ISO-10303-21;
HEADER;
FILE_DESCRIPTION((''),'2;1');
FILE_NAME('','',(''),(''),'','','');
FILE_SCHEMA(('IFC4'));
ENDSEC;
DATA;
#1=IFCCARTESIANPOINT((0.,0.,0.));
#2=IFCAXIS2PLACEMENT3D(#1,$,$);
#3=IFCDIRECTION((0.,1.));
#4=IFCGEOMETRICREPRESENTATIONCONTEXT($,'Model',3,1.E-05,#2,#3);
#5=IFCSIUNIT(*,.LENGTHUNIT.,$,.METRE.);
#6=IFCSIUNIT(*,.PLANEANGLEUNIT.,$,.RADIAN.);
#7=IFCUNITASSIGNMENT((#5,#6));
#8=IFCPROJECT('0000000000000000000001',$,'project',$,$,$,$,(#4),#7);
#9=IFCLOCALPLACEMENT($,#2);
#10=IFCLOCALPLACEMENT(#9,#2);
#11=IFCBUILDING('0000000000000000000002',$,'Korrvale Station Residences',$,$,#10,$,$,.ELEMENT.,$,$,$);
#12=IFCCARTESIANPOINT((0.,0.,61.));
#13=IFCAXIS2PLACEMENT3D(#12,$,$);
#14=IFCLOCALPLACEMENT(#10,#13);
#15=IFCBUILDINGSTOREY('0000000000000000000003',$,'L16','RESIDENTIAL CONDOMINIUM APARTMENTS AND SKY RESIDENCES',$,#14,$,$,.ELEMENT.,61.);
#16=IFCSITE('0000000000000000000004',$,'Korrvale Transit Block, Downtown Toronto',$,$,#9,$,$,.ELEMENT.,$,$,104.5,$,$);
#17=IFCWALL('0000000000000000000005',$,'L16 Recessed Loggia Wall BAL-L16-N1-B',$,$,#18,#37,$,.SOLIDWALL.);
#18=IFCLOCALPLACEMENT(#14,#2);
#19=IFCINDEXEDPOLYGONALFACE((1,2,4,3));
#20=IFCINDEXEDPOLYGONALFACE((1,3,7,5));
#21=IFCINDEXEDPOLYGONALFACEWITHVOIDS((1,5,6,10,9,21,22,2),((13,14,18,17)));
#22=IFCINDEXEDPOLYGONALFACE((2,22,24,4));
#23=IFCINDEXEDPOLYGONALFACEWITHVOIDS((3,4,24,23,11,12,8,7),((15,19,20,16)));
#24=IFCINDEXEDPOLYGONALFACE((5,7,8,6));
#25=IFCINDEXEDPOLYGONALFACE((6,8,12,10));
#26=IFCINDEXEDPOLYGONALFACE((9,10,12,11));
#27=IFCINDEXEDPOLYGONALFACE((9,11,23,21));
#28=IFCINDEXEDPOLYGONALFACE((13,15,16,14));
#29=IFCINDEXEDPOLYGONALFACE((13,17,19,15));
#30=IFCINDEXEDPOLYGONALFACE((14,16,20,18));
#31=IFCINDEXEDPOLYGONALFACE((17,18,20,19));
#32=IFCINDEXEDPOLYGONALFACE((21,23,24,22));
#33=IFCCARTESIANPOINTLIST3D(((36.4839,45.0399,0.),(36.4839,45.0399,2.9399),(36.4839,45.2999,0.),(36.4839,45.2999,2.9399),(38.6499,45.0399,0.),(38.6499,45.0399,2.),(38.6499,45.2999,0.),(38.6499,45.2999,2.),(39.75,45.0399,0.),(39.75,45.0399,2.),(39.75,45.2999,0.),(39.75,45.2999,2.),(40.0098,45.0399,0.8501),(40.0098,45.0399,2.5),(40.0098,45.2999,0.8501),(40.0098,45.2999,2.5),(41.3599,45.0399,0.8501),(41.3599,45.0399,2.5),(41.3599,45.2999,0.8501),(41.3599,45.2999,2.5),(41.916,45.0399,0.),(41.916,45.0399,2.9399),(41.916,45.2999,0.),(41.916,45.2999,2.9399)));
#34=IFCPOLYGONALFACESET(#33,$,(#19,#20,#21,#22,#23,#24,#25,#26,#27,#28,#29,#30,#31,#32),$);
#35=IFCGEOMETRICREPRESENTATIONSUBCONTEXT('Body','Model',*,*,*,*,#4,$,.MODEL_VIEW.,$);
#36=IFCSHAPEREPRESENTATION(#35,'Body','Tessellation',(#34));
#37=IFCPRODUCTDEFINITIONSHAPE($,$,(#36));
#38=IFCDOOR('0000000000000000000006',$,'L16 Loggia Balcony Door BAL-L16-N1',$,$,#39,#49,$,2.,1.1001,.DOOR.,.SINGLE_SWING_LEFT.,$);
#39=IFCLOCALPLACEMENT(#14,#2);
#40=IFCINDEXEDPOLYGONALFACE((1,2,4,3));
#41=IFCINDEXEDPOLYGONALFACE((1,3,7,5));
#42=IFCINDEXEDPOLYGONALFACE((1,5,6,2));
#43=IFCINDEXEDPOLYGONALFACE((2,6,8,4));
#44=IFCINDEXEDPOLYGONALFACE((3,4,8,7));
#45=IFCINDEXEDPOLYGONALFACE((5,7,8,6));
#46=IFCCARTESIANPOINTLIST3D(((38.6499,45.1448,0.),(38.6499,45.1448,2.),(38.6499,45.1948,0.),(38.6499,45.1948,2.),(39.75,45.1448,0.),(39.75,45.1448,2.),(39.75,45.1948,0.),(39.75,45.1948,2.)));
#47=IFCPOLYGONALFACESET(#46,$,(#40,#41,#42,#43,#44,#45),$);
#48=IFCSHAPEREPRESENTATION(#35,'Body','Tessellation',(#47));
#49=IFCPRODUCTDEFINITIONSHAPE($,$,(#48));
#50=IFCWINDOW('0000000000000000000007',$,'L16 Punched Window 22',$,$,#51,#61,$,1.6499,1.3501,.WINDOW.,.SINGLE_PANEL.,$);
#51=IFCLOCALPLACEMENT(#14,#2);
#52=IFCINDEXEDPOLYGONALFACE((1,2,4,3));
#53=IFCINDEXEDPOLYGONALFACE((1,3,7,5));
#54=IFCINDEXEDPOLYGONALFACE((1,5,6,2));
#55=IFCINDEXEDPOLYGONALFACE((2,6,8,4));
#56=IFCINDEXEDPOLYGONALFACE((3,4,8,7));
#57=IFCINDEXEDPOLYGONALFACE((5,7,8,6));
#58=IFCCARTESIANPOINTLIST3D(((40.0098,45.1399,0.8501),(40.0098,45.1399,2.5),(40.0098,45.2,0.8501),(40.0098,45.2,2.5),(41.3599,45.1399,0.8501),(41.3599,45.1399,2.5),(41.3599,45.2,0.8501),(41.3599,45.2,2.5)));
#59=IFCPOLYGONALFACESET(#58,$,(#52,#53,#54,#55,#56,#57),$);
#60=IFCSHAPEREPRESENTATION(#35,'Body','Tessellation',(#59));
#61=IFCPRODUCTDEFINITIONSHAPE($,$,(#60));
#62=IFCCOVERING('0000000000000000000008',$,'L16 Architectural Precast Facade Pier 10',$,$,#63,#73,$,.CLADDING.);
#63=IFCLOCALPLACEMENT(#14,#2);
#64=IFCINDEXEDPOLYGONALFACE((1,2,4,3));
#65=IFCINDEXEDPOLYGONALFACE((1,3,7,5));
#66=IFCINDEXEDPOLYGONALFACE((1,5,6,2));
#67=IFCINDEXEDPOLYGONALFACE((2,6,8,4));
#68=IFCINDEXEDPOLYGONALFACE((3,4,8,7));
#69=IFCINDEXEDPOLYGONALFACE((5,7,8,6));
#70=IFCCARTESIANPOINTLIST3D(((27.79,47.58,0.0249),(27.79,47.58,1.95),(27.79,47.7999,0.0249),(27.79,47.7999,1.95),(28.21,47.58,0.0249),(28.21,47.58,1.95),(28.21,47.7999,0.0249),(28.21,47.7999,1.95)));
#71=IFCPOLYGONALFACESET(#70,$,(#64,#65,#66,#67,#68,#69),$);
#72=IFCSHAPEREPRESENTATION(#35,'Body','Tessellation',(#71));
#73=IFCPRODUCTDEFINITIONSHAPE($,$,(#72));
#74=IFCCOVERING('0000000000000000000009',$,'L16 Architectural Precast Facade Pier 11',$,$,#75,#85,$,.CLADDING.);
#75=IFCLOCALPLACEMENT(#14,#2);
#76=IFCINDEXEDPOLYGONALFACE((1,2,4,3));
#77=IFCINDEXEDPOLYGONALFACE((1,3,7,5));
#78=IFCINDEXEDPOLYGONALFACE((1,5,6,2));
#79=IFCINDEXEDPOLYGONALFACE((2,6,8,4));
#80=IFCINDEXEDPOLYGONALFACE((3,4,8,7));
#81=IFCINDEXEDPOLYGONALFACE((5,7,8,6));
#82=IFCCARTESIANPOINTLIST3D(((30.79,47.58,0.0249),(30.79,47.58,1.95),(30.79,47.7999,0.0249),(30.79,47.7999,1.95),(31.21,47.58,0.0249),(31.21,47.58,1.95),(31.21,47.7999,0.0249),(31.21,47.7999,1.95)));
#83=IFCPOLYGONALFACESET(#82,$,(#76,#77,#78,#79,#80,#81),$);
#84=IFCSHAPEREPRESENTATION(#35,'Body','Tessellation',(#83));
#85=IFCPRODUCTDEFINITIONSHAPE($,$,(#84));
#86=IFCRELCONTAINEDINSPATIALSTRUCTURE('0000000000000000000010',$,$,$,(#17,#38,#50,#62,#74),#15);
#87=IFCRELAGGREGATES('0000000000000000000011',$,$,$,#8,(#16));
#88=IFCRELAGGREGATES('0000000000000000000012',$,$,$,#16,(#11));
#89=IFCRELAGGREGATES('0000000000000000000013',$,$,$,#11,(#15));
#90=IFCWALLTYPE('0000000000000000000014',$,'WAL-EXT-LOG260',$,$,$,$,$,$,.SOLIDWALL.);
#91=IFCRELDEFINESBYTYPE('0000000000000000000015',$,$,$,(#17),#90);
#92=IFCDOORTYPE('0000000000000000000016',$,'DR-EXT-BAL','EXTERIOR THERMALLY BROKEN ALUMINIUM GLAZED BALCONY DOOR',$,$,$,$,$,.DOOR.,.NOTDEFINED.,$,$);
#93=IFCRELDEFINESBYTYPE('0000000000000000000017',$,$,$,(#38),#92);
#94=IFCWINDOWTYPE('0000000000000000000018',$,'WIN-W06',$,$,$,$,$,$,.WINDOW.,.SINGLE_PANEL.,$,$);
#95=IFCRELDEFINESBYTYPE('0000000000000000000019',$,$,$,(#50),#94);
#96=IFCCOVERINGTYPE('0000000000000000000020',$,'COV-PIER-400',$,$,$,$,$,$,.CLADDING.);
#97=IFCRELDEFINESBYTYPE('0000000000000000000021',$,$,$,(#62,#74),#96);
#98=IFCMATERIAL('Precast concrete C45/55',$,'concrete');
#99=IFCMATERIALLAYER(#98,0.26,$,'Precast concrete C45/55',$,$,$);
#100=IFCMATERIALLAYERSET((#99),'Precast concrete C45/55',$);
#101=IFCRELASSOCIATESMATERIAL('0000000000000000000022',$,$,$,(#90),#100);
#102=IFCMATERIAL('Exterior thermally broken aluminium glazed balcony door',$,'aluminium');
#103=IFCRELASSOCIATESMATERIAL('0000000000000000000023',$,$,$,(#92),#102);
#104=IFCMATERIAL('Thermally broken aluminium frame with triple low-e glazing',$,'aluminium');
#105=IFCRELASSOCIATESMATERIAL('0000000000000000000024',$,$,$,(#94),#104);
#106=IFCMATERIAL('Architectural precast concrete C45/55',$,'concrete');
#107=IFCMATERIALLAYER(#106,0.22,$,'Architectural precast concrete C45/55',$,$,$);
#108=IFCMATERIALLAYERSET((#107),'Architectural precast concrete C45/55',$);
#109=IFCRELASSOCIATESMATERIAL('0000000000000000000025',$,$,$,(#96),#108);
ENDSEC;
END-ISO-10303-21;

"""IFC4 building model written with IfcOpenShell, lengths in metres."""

from ifc_helpers import new_model, si_unit, direction, frame, frame_2d, origin, origin_2d, place, context, subcontext, project, spatial, rectangle, extrude, material, layer, layer_set, type_object, element, fill, save


model = new_model("IFC4")

# Units and contexts
model_context = context("Model", 3, precision=1e-05, world=origin(), true_north=direction((0.0, 1.0)))
body_context = subcontext(model_context, "Body", "Model", "MODEL_VIEW")
ifc_project = project(units=[si_unit("LENGTHUNIT", "METRE"), si_unit("PLANEANGLEUNIT", "RADIAN")], contexts=[model_context])

# Site, building, storey
site_placement = place(None, origin())
site = spatial("IfcSite", under=ifc_project, at=site_placement, Name="Korrvale Transit Block, Downtown Toronto", CompositionType="ELEMENT", RefElevation=104.5)
building_placement = place(site_placement, origin())
building = spatial("IfcBuilding", under=site, at=building_placement, Name="Korrvale Station Residences", CompositionType="ELEMENT")
storey_placement = place(building_placement, frame((0.0, 0.0, 61.0)))
storey = spatial("IfcBuildingStorey", under=building, at=storey_placement, Name="L16", Description="RESIDENTIAL CONDOMINIUM APARTMENTS AND SKY RESIDENCES", CompositionType="ELEMENT", Elevation=61.0)

# Shared definitions
ifc_material_1 = material(Name="Precast concrete C45/55", Category="concrete")
ifc_layer_1 = layer(ifc_material_1, 0.26, Name="Precast concrete C45/55")
ifc_layer_set_1 = layer_set([ifc_layer_1], Name="Precast concrete C45/55")
wall_type = type_object("IfcWallType", Name="WAL-EXT-LOG260", PredefinedType="SOLIDWALL", material=ifc_layer_set_1)
ifc_material_2 = material(Name="Thermally broken aluminium frame with triple low-e glazing", Category="aluminium")

# Wall, openings, door, window
wall_1_placement = place(storey_placement, frame((36.4839, 45.1699, 0.0), z_axis=(0.0, 0.0, 1.0), x_axis=(1.0, 0.0, 0.0)))
wall_1 = element("IfcWall", 1, at=wall_1_placement, inside=storey, type_object=wall_type, Name="L16 Recessed Loggia Wall BAL-L16-N1-B", PredefinedType="SOLIDWALL", context=body_context, shape_type="SweptSolid", body=[
    extrude(rectangle(XDim=5.4321, YDim=0.26, at=frame_2d((2.7161, 0.0))), origin(), (0.0, 0.0, 1.0), 2.9399),
])
opening_1_placement = place(wall_1_placement, frame((2.166, 0.0, 0.0)))
opening_1 = element("IfcOpeningElement", 2, at=opening_1_placement, cuts=wall_1, PredefinedType="OPENING", context=body_context, shape_type="SweptSolid", body=[
    extrude(rectangle(XDim=1.1001, YDim=2.0, at=frame_2d((0.55, 1.0))), frame((0.0, 0.1401, 0.0), z_axis=(0.0, -1.0, 0.0), x_axis=(1.0, 0.0, 0.0)), (0.0, 0.0, 1.0), 0.28),
])
opening_2_placement = place(wall_1_placement, frame((3.5259, 0.0, 0.8501)))
opening_2 = element("IfcOpeningElement", 3, at=opening_2_placement, cuts=wall_1, PredefinedType="OPENING", context=body_context, shape_type="SweptSolid", body=[
    extrude(rectangle(XDim=1.3501, YDim=1.6499, at=frame_2d((0.675, 0.825))), frame((0.0, 0.1401, 0.0), z_axis=(0.0, -1.0, 0.0), x_axis=(1.0, 0.0, 0.0)), (0.0, 0.0, 1.0), 0.28),
])
ifc_material_3 = material(Name="Exterior thermally broken aluminium glazed balcony door", Category="aluminium")
door_type = type_object("IfcDoorType", Name="DR-EXT-BAL", Description="EXTERIOR THERMALLY BROKEN ALUMINIUM GLAZED BALCONY DOOR", OperationType="NOTDEFINED", PredefinedType="DOOR", material=ifc_material_3)
door_placement = place(opening_1_placement, origin())
door = element("IfcDoor", 4, at=door_placement, inside=storey, type_object=door_type, Name="L16 Loggia Balcony Door BAL-L16-N1", OperationType="SINGLE_SWING_LEFT", OverallHeight=2.0, OverallWidth=1.1001, PredefinedType="DOOR", context=body_context, shape_type="SweptSolid", body=[
    extrude(rectangle(XDim=1.1001, YDim=2.0, at=frame_2d((0.55, 1.0))), frame((0.0, 0.0249, 0.0), z_axis=(0.0, -1.0, 0.0), x_axis=(1.0, 0.0, 0.0)), (0.0, 0.0, 1.0), 0.05),
])
fill(opening_1, door)
window_type_1 = type_object("IfcWindowType", Name="WIN-W06", PartitioningType="SINGLE_PANEL", PredefinedType="WINDOW", material=ifc_material_2)
window_1_placement = place(opening_2_placement, origin())
window_1 = element("IfcWindow", 5, at=window_1_placement, inside=storey, type_object=window_type_1, Name="L16 Punched Window 22", OverallHeight=1.6499, OverallWidth=1.3501, PartitioningType="SINGLE_PANEL", PredefinedType="WINDOW", context=body_context, shape_type="SweptSolid", body=[
    extrude(rectangle(XDim=1.3501, YDim=1.6499, at=frame_2d((0.675, 0.825))), frame((0.0, 0.03, 0.0), z_axis=(0.0, -1.0, 0.0), x_axis=(1.0, 0.0, 0.0)), (0.0, 0.0, 1.0), 0.0601),
])
fill(opening_2, window_1)

# Coverings
ifc_material_4 = material(Name="Architectural precast concrete C45/55", Category="concrete")
ifc_layer_2 = layer(ifc_material_4, 0.22, Name="Architectural precast concrete C45/55")
ifc_layer_set_2 = layer_set([ifc_layer_2], Name="Architectural precast concrete C45/55")
covering_type = type_object("IfcCoveringType", Name="COV-PIER-400", PredefinedType="CLADDING", material=ifc_layer_set_2)
for number, where, z_axis, x_axis, name in (
    (6, (28.0, 47.6899, 0.0249), (0.0, 0.0, 1.0), (1.0, 0.0, 0.0), "L16 Architectural Precast Facade Pier 10"),
    (7, (31.0, 47.6899, 0.0249), (0.0, 0.0, 1.0), (1.0, 0.0, 0.0), "L16 Architectural Precast Facade Pier 11"),
):
    element("IfcCovering", number, at=place(storey_placement, frame(where, z_axis=z_axis, x_axis=x_axis)), inside=storey, type_object=covering_type, Name=name, PredefinedType="CLADDING", context=body_context, shape_type="SweptSolid", body=[
        extrude(rectangle(XDim=0.4199, YDim=0.22, at=origin_2d()), origin(), (0.0, 0.0, 1.0), 1.925),
    ])

save(model, "model.ifc")
